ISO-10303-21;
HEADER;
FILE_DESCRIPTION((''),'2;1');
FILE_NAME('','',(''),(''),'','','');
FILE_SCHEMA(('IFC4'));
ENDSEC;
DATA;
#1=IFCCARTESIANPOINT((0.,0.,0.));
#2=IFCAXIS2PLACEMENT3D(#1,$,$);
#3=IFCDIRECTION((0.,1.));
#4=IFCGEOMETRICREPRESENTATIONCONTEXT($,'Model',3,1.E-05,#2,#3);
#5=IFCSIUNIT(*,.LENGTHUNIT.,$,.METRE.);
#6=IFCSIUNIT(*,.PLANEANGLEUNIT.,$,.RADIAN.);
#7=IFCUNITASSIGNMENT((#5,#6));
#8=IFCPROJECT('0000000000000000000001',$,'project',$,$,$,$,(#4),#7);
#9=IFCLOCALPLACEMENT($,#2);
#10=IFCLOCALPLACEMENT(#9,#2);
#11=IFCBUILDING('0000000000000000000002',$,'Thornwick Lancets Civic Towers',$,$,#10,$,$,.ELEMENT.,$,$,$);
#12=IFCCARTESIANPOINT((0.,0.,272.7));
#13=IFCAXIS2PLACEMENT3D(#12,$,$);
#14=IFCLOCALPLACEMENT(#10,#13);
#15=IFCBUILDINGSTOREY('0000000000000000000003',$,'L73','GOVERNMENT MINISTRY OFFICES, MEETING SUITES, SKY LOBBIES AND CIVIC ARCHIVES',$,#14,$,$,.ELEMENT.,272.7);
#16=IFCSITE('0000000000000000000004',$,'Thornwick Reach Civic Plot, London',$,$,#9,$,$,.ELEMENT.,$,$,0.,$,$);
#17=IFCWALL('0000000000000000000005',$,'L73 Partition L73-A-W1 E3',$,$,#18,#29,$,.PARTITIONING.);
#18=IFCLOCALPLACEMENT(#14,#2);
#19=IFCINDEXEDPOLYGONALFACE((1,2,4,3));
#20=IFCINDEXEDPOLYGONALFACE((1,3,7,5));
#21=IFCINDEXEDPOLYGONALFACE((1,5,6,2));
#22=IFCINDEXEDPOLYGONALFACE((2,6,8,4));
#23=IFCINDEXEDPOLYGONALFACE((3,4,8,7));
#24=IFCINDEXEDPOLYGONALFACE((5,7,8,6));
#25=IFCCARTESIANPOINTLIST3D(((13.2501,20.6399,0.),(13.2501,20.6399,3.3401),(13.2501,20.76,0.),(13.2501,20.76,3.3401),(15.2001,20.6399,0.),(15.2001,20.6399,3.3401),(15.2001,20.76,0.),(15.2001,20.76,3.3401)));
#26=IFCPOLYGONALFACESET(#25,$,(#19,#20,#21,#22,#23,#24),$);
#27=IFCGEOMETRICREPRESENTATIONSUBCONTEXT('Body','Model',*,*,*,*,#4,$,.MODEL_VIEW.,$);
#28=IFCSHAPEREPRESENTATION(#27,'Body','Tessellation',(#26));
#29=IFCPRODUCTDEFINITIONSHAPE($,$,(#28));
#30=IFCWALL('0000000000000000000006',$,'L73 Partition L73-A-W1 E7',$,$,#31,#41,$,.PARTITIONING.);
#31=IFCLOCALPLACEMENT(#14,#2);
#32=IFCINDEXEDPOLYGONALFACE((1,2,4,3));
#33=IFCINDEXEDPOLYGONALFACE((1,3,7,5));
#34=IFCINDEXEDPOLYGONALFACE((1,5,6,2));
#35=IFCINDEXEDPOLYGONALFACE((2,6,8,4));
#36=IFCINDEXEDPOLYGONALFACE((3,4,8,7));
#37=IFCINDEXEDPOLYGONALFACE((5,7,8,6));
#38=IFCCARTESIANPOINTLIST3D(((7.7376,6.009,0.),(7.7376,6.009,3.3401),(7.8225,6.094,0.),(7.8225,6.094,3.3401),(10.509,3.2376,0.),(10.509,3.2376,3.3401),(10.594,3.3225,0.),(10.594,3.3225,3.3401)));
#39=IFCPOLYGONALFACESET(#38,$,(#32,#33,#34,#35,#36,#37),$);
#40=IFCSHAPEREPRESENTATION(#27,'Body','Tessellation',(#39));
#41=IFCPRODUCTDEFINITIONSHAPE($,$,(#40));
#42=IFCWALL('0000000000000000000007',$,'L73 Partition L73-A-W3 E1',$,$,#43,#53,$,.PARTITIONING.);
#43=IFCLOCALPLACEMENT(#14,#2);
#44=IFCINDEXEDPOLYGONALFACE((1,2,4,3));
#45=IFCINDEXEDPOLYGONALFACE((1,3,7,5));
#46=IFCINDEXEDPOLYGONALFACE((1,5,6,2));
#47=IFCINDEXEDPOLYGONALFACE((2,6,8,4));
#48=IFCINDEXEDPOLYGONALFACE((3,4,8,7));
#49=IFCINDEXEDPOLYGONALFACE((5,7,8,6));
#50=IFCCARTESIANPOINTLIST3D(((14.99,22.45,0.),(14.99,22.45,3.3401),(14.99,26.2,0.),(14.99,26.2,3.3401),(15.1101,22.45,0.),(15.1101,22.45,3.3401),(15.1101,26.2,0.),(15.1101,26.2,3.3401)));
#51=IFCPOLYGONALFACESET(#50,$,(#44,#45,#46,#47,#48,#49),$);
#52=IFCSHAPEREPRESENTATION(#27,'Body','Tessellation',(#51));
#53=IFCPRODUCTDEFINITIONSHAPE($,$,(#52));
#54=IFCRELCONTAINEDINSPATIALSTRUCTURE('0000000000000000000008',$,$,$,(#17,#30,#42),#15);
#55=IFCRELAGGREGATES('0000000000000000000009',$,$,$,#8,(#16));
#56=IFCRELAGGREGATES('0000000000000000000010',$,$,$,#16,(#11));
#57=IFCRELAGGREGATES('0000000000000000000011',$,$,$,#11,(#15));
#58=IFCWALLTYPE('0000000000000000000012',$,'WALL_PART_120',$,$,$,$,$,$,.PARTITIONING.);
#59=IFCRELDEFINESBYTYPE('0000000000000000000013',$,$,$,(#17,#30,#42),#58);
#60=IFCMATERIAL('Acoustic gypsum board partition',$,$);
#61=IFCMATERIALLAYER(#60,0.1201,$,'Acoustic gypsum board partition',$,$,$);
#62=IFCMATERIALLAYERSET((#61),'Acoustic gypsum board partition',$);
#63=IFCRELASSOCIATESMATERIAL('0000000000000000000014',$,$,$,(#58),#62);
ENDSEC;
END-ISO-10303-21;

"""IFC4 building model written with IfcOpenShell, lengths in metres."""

from ifc_helpers import new_model, si_unit, direction, frame, frame_2d, origin, place, context, subcontext, project, spatial, rectangle, extrude, material, layer, layer_set, type_object, element, save


model = new_model("IFC4")

# Units and contexts
model_context = context("Model", 3, precision=1e-05, world=origin(), true_north=direction((0.0, 1.0)))
body_context = subcontext(model_context, "Body", "Model", "MODEL_VIEW")
ifc_project = project(units=[si_unit("LENGTHUNIT", "METRE"), si_unit("PLANEANGLEUNIT", "RADIAN")], contexts=[model_context])

# Site, building, storey
site_placement = place(None, origin())
site = spatial("IfcSite", under=ifc_project, at=site_placement, Name="Thornwick Reach Civic Plot, London", CompositionType="ELEMENT", RefElevation=0.0)
building_placement = place(site_placement, origin())
building = spatial("IfcBuilding", under=site, at=building_placement, Name="Thornwick Lancets Civic Towers", CompositionType="ELEMENT")
storey_placement = place(building_placement, frame((0.0, 0.0, 272.7)))
storey = spatial("IfcBuildingStorey", under=building, at=storey_placement, Name="L73", Description="GOVERNMENT MINISTRY OFFICES, MEETING SUITES, SKY LOBBIES AND CIVIC ARCHIVES", CompositionType="ELEMENT", Elevation=272.7)

# Walls
ifc_material_1 = material(Name="Acoustic gypsum board partition")
ifc_layer_1 = layer(ifc_material_1, 0.1201, Name="Acoustic gypsum board partition")
ifc_layer_set_1 = layer_set([ifc_layer_1], Name="Acoustic gypsum board partition")
wall_type_1 = type_object("IfcWallType", Name="WALL_PART_120", PredefinedType="PARTITIONING", material=ifc_layer_set_1)
wall_1_placement = place(storey_placement, frame((13.25, 20.7, 0.0), z_axis=(0.0, 0.0, 1.0), x_axis=(1.0, 0.0, 0.0)))
element("IfcWall", 1, at=wall_1_placement, inside=storey, type_object=wall_type_1, Name="L73 Partition L73-A-W1 E3", PredefinedType="PARTITIONING", context=body_context, shape_type="SweptSolid", body=[
    extrude(rectangle(XDim=1.95, YDim=0.1201, at=frame_2d((0.9751, 0.0))), origin(), (0.0, 0.0, 1.0), 3.3401),
])
wall_2_placement = place(storey_placement, frame((10.5515, 3.28, 0.0), z_axis=(0.0, 0.0, 1.0), x_axis=(-0.707107, 0.707107, 0.0)))
element("IfcWall", 2, at=wall_2_placement, inside=storey, type_object=wall_type_1, Name="L73 Partition L73-A-W1 E7", PredefinedType="PARTITIONING", context=body_context, shape_type="SweptSolid", body=[
    extrude(rectangle(XDim=3.9194, YDim=0.1201, at=frame_2d((1.9597, 0.0))), origin(), (0.0, 0.0, 1.0), 3.3401),
])
wall_3_placement = place(storey_placement, frame((15.05, 22.45, 0.0), z_axis=(0.0, 0.0, 1.0), x_axis=(0.0, 1.0, 0.0)))
element("IfcWall", 3, at=wall_3_placement, inside=storey, type_object=wall_type_1, Name="L73 Partition L73-A-W3 E1", PredefinedType="PARTITIONING", context=body_context, shape_type="SweptSolid", body=[
    extrude(rectangle(XDim=3.75, YDim=0.1201, at=frame_2d((1.875, 0.0))), origin(), (0.0, 0.0, 1.0), 3.3401),
])

save(model, "model.ifc")
